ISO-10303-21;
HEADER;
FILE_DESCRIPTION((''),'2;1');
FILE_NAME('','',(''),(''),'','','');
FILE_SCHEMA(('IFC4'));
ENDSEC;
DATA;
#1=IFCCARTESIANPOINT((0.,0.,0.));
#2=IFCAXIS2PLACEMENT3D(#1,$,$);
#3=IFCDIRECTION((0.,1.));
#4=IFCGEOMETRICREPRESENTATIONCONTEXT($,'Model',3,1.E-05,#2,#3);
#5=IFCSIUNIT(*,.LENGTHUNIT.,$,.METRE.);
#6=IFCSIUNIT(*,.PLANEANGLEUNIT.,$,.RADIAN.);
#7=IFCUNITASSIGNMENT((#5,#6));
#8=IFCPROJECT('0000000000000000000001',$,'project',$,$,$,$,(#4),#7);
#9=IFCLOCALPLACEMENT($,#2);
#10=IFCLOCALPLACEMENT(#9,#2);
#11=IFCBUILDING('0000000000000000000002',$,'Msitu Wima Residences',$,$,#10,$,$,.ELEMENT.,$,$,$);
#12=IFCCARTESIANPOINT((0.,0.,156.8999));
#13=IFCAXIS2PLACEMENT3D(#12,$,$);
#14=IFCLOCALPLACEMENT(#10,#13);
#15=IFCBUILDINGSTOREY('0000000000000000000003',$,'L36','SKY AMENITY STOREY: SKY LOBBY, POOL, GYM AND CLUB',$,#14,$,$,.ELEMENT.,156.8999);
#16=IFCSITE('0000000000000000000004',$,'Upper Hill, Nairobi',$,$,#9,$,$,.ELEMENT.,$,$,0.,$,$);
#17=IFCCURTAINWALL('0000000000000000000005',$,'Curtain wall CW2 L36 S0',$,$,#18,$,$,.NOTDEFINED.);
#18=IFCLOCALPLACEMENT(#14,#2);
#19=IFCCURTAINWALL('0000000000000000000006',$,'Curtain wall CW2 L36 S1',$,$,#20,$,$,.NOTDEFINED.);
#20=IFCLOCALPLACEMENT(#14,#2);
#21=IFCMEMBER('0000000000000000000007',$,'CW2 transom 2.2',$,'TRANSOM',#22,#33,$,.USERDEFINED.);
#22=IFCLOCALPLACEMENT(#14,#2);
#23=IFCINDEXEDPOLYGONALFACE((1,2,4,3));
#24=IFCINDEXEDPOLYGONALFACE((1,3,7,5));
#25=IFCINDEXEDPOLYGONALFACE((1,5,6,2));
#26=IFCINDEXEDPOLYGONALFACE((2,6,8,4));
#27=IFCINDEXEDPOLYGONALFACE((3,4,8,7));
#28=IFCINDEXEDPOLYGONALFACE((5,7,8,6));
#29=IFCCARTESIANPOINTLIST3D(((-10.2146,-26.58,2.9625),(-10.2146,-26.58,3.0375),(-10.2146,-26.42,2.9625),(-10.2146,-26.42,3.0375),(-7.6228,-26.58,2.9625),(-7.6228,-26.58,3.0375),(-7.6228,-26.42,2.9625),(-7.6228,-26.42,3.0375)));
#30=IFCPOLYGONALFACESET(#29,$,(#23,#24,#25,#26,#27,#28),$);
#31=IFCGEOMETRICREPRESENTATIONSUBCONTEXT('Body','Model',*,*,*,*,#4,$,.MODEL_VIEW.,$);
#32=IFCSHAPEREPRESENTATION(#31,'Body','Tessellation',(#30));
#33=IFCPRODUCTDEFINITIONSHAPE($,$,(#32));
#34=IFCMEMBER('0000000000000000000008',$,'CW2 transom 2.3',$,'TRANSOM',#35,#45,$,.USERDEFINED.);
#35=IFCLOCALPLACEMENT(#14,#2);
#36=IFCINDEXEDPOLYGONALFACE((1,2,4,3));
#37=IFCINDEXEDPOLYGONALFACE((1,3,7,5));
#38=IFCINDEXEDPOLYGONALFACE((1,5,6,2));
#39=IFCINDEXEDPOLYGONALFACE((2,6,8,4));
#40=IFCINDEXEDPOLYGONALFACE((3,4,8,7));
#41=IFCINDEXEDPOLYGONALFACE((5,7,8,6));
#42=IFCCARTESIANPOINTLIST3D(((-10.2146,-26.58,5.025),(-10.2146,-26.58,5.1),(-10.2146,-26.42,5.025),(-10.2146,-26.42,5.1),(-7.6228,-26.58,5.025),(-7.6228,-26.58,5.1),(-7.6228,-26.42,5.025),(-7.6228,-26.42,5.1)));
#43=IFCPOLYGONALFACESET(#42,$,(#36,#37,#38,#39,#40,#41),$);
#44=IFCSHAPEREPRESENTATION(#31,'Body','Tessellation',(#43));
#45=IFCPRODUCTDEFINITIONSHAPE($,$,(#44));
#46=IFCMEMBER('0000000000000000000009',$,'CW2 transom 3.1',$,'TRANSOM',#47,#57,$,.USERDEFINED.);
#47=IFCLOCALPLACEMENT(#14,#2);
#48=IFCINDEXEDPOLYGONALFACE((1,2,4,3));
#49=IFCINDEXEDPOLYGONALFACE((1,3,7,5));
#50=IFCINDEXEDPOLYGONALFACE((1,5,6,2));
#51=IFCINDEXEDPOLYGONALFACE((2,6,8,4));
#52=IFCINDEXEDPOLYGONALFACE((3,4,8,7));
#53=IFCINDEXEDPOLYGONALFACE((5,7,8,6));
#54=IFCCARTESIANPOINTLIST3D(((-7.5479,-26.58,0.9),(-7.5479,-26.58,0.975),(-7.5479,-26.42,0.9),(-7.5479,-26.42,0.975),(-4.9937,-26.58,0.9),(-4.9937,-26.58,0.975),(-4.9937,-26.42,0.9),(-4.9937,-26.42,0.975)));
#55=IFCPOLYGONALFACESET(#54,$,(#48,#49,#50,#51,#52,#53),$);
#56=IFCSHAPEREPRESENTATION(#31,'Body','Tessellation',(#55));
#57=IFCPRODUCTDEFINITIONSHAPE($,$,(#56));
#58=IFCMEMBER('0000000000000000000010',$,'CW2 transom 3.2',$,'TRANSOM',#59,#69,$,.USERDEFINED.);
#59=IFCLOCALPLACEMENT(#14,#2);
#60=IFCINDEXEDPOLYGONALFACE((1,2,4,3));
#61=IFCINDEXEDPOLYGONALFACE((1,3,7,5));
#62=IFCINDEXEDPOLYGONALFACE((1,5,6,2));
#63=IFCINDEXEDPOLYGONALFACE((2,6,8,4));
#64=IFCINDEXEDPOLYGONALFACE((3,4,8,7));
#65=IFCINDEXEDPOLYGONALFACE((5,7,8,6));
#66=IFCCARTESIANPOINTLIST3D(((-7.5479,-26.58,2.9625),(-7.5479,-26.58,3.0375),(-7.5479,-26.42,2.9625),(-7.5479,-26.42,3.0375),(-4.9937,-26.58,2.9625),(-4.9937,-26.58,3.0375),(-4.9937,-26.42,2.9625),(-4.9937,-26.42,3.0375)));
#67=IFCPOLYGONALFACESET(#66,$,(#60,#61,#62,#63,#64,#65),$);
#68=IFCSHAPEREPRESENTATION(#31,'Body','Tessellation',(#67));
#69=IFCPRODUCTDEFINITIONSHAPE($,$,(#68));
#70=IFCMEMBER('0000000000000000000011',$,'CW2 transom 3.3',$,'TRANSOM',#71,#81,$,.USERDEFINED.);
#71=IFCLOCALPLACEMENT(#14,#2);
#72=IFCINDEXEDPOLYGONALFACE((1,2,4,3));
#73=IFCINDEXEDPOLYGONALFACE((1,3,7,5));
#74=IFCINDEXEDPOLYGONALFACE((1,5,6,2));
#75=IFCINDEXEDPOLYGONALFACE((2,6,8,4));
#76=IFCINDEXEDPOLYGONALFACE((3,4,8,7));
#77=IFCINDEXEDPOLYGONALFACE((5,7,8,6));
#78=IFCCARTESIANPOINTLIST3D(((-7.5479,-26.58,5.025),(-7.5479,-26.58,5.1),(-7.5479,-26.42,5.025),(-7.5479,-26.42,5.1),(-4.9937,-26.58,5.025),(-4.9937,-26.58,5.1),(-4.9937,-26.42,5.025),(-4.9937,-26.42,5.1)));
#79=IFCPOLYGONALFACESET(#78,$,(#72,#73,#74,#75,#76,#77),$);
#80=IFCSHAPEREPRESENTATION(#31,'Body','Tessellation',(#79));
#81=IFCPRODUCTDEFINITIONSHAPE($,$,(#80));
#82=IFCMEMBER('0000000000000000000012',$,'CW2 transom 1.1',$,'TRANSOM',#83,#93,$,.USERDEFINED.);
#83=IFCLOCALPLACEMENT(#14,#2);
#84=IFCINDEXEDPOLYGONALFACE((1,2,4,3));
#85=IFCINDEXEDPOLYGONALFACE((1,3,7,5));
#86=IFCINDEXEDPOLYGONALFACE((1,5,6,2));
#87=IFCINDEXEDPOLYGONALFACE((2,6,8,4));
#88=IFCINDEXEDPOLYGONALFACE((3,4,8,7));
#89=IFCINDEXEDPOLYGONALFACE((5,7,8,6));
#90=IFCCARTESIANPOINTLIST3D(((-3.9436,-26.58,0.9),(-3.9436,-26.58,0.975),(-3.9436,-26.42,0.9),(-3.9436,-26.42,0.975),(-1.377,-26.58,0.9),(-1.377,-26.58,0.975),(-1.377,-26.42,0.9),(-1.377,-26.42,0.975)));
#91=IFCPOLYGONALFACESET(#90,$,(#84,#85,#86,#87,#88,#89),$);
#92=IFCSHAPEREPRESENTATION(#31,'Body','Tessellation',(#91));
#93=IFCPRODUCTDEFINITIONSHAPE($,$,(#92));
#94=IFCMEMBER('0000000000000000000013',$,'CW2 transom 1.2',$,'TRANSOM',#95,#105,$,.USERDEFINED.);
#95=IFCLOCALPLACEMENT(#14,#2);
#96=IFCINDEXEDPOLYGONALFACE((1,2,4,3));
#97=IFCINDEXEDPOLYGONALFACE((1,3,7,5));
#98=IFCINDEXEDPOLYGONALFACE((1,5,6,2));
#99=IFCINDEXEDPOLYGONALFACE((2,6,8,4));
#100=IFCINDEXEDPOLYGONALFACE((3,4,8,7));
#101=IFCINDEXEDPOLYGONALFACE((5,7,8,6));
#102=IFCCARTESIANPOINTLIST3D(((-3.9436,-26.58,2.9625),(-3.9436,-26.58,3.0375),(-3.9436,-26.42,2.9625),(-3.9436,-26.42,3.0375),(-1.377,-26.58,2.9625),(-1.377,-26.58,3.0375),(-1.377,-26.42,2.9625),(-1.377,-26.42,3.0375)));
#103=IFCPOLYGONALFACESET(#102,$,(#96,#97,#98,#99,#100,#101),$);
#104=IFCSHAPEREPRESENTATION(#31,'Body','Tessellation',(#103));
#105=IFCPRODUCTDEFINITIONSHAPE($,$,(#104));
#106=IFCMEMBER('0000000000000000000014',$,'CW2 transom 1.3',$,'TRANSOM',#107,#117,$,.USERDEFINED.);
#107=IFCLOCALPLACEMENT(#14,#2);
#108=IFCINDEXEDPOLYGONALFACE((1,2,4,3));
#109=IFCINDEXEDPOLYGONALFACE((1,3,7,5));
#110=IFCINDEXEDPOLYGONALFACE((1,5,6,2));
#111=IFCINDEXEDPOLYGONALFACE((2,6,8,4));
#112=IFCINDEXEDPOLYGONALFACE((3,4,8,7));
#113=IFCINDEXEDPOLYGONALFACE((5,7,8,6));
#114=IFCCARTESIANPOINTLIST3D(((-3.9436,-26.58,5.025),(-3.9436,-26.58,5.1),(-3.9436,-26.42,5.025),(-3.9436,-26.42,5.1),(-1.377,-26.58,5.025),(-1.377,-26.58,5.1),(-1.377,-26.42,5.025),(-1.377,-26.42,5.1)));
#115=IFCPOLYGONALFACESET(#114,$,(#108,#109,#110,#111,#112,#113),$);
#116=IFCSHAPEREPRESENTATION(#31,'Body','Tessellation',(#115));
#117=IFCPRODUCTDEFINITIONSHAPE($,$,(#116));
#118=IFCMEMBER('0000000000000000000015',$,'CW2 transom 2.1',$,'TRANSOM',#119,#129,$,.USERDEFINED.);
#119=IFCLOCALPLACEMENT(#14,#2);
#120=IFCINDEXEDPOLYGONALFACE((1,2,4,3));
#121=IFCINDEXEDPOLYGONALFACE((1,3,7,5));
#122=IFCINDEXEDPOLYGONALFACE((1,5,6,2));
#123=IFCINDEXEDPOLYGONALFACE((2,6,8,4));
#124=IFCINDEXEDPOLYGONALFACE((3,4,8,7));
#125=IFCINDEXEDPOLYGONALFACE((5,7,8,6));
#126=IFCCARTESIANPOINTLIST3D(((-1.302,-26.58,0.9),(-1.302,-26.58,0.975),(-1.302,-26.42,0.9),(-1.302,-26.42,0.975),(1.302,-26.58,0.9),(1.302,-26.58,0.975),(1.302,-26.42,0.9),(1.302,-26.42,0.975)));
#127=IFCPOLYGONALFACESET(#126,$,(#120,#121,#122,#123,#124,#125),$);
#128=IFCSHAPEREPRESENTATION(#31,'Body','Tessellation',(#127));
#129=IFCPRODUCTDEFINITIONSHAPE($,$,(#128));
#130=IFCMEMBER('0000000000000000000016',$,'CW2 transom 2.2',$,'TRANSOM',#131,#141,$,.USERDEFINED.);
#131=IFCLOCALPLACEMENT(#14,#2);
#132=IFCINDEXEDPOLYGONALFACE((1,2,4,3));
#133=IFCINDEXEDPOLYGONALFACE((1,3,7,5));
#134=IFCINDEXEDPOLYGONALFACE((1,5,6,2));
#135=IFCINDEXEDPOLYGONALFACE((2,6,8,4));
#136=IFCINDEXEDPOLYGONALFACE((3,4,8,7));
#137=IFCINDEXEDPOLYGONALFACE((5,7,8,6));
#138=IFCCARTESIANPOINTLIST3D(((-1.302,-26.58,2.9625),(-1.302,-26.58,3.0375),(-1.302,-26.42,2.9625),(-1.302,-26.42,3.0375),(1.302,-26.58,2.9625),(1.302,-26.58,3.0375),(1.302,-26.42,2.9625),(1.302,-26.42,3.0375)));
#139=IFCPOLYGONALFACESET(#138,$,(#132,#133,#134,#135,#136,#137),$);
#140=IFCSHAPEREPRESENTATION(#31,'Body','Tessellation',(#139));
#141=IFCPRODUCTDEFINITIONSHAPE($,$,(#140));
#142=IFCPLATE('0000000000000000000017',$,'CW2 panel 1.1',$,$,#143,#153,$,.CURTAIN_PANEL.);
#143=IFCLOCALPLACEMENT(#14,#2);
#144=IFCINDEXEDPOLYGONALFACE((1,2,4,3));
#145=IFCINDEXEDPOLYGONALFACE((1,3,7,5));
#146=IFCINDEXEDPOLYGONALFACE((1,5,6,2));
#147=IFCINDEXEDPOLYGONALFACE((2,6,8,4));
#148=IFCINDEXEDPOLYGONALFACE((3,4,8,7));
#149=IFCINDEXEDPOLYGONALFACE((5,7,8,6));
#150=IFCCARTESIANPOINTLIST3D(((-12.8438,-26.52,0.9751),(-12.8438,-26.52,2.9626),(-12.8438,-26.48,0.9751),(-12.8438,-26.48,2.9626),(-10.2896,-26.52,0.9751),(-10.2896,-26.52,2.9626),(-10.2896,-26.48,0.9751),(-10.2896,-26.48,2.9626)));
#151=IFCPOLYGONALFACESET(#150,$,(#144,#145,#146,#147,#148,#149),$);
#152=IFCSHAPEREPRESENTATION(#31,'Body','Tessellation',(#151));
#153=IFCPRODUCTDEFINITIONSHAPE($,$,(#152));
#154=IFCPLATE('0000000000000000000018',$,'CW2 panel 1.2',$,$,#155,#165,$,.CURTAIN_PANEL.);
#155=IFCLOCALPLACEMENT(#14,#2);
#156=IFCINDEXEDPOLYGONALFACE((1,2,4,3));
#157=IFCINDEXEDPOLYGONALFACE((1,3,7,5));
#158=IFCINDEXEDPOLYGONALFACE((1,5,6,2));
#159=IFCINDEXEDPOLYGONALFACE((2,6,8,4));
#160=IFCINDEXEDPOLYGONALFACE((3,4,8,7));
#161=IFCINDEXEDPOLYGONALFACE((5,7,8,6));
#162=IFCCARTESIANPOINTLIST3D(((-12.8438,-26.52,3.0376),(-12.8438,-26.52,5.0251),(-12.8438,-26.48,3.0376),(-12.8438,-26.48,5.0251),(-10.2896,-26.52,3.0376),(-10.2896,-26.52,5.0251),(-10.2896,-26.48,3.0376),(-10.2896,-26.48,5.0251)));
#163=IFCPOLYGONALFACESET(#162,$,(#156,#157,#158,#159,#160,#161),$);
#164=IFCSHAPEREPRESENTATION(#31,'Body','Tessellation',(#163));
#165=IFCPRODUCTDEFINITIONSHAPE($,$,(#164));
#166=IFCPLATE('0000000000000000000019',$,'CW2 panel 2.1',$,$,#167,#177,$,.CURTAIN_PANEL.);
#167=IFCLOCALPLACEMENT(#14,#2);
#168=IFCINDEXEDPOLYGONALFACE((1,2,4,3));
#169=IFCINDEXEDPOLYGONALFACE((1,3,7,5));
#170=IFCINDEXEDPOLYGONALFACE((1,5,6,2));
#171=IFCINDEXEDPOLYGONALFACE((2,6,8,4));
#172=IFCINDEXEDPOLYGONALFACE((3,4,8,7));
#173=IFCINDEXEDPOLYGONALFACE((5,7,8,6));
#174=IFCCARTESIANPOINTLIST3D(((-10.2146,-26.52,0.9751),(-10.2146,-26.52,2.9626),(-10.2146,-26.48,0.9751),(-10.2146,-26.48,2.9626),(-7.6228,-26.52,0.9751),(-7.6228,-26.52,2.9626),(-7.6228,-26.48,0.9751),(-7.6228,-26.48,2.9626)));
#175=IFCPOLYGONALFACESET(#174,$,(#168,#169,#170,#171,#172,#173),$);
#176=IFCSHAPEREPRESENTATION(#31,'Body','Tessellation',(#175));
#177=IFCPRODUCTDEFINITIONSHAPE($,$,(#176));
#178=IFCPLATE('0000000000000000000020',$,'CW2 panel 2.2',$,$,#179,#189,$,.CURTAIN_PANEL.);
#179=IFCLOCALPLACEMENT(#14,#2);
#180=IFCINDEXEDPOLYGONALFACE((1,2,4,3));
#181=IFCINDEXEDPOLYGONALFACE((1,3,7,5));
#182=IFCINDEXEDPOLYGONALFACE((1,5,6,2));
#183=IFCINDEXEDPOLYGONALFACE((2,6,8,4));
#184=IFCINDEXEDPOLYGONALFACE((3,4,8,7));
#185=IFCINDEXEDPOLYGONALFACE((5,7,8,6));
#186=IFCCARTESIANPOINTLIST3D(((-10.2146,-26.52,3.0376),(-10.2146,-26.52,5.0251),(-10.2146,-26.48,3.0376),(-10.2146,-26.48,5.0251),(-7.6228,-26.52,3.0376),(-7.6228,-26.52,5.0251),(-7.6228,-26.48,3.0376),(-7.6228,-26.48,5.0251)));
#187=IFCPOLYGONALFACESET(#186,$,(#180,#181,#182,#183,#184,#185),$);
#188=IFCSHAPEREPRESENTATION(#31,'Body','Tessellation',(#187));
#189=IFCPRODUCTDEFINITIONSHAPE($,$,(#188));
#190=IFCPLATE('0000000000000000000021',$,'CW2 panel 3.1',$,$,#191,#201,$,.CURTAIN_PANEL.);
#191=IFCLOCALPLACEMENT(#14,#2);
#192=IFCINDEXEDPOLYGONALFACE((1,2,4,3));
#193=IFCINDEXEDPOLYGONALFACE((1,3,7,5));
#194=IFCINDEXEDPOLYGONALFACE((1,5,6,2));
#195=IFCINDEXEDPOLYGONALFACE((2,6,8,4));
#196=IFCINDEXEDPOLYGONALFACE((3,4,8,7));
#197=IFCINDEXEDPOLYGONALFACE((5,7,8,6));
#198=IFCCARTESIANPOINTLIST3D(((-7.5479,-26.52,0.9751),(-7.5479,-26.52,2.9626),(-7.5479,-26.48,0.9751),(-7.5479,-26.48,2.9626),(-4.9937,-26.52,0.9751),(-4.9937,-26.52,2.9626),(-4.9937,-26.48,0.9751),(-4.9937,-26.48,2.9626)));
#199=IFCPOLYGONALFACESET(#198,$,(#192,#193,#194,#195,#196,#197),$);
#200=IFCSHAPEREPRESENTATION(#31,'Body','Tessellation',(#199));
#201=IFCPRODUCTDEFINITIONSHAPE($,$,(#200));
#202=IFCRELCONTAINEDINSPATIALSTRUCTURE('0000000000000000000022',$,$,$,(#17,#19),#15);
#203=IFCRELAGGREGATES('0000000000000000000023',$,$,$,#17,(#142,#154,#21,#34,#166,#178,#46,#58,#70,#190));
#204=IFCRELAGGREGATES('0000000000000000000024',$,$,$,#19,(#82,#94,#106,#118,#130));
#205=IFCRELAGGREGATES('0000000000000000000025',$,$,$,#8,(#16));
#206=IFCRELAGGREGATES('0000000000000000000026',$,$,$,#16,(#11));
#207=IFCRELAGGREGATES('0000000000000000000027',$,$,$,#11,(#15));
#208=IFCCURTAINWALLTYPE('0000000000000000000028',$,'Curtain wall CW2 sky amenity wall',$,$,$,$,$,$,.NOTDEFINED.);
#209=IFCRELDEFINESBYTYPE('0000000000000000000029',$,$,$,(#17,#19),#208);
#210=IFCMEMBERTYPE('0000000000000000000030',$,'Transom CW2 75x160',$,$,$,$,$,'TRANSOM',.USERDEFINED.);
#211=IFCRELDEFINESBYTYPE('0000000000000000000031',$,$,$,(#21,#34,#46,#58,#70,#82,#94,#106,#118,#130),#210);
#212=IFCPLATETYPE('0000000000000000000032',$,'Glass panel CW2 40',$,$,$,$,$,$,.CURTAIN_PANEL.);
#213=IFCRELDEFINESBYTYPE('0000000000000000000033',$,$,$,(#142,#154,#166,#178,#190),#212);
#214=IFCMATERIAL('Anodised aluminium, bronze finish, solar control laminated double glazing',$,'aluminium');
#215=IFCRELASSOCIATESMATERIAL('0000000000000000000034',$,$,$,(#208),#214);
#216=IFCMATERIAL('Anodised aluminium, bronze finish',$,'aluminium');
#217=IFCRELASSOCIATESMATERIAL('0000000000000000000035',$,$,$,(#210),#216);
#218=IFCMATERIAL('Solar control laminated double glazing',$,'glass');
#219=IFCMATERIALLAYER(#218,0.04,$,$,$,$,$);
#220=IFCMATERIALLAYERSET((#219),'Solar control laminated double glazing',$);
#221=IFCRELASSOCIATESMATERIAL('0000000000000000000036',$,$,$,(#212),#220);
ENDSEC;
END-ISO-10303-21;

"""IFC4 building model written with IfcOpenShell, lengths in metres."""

from ifc_helpers import new_model, si_unit, direction, frame, origin, origin_2d, place, context, subcontext, project, spatial, rectangle, extrude, material, layer, layer_set, material_profile, profile_set, type_object, element, aggregate, save


model = new_model("IFC4")

# Units and contexts
model_context = context("Model", 3, precision=1e-05, world=origin(), true_north=direction((0.0, 1.0)))
body_context = subcontext(model_context, "Body", "Model", "MODEL_VIEW")
ifc_project = project(units=[si_unit("LENGTHUNIT", "METRE"), si_unit("PLANEANGLEUNIT", "RADIAN")], contexts=[model_context])

# Site, building, storey
site_placement = place(None, origin())
site = spatial("IfcSite", under=ifc_project, at=site_placement, Name="Upper Hill, Nairobi", CompositionType="ELEMENT", RefElevation=0.0)
building_placement = place(site_placement, origin())
building = spatial("IfcBuilding", under=site, at=building_placement, Name="Msitu Wima Residences", CompositionType="ELEMENT")
storey_placement = place(building_placement, frame((0.0, 0.0, 156.8999)))
storey = spatial("IfcBuildingStorey", under=building, at=storey_placement, Name="L36", Description="SKY AMENITY STOREY: SKY LOBBY, POOL, GYM AND CLUB", CompositionType="ELEMENT", Elevation=156.8999)

# Curtain walls
ifc_material_1 = material(Name="Anodised aluminium, bronze finish, solar control laminated double glazing", Category="aluminium")
curtain_wall_type = type_object("IfcCurtainWallType", Name="Curtain wall CW2 sky amenity wall", PredefinedType="NOTDEFINED", material=ifc_material_1)
curtain_wall_1_placement = place(storey_placement, origin())
curtain_wall_1 = element("IfcCurtainWall", 1, at=curtain_wall_1_placement, inside=storey, type_object=curtain_wall_type, Name="Curtain wall CW2 L36 S0", PredefinedType="NOTDEFINED")
ifc_material_2 = material(Name="Anodised aluminium, bronze finish", Category="aluminium")
curtain_wall_2_placement = place(storey_placement, origin())
curtain_wall_2 = element("IfcCurtainWall", 2, at=curtain_wall_2_placement, inside=storey, type_object=curtain_wall_type, Name="Curtain wall CW2 L36 S1", PredefinedType="NOTDEFINED")

# Members
ifc_material_profile_1 = material_profile(ifc_material_2, rectangle(XDim=0.1599, YDim=0.075, at=origin_2d()), Name="Transom 75x160")
ifc_profile_set_1 = profile_set([ifc_material_profile_1], Name="Anodised aluminium, bronze finish")
member_type_1 = type_object("IfcMemberType", Name="Transom CW2 75x160", ElementType="TRANSOM", PredefinedType="USERDEFINED", material=ifc_profile_set_1)
member_1_placement = place(storey_placement, frame((-10.2146, -26.5, 3.0), z_axis=(1.0, 0.0, 0.0), x_axis=(0.0, 1.0, 0.0)))
member_1 = element("IfcMember", 3, at=member_1_placement, type_object=member_type_1, Name="CW2 transom 2.2", ObjectType="TRANSOM", PredefinedType="USERDEFINED", context=body_context, shape_type="SweptSolid", body=[
    extrude(rectangle(XDim=0.1599, YDim=0.075, at=origin_2d()), origin(), (0.0, 0.0, 1.0), 2.5918),
])
member_2_placement = place(storey_placement, frame((-10.2146, -26.5, 5.0625), z_axis=(1.0, 0.0, 0.0), x_axis=(0.0, 1.0, 0.0)))
member_2 = element("IfcMember", 4, at=member_2_placement, type_object=member_type_1, Name="CW2 transom 2.3", ObjectType="TRANSOM", PredefinedType="USERDEFINED", context=body_context, shape_type="SweptSolid", body=[
    extrude(rectangle(XDim=0.1599, YDim=0.075, at=origin_2d()), origin(), (0.0, 0.0, 1.0), 2.5918),
])
member_3_placement = place(storey_placement, frame((-7.5479, -26.5, 0.9375), z_axis=(1.0, 0.0, 0.0), x_axis=(0.0, 1.0, 0.0)))
member_3 = element("IfcMember", 5, at=member_3_placement, type_object=member_type_1, Name="CW2 transom 3.1", ObjectType="TRANSOM", PredefinedType="USERDEFINED", context=body_context, shape_type="SweptSolid", body=[
    extrude(rectangle(XDim=0.1599, YDim=0.075, at=origin_2d()), origin(), (0.0, 0.0, 1.0), 2.5542),
])
member_4_placement = place(storey_placement, frame((-7.5479, -26.5, 3.0), z_axis=(1.0, 0.0, 0.0), x_axis=(0.0, 1.0, 0.0)))
member_4 = element("IfcMember", 6, at=member_4_placement, type_object=member_type_1, Name="CW2 transom 3.2", ObjectType="TRANSOM", PredefinedType="USERDEFINED", context=body_context, shape_type="SweptSolid", body=[
    extrude(rectangle(XDim=0.1599, YDim=0.075, at=origin_2d()), origin(), (0.0, 0.0, 1.0), 2.5542),
])
member_5_placement = place(storey_placement, frame((-7.5479, -26.5, 5.0625), z_axis=(1.0, 0.0, 0.0), x_axis=(0.0, 1.0, 0.0)))
member_5 = element("IfcMember", 7, at=member_5_placement, type_object=member_type_1, Name="CW2 transom 3.3", ObjectType="TRANSOM", PredefinedType="USERDEFINED", context=body_context, shape_type="SweptSolid", body=[
    extrude(rectangle(XDim=0.1599, YDim=0.075, at=origin_2d()), origin(), (0.0, 0.0, 1.0), 2.5542),
])
member_6_placement = place(storey_placement, frame((-3.9436, -26.5, 0.9375), z_axis=(1.0, 0.0, 0.0), x_axis=(0.0, 1.0, 0.0)))
member_6 = element("IfcMember", 8, at=member_6_placement, type_object=member_type_1, Name="CW2 transom 1.1", ObjectType="TRANSOM", PredefinedType="USERDEFINED", context=body_context, shape_type="SweptSolid", body=[
    extrude(rectangle(XDim=0.1599, YDim=0.075, at=origin_2d()), origin(), (0.0, 0.0, 1.0), 2.5667),
])
member_7_placement = place(storey_placement, frame((-3.9436, -26.5, 3.0), z_axis=(1.0, 0.0, 0.0), x_axis=(0.0, 1.0, 0.0)))
member_7 = element("IfcMember", 9, at=member_7_placement, type_object=member_type_1, Name="CW2 transom 1.2", ObjectType="TRANSOM", PredefinedType="USERDEFINED", context=body_context, shape_type="SweptSolid", body=[
    extrude(rectangle(XDim=0.1599, YDim=0.075, at=origin_2d()), origin(), (0.0, 0.0, 1.0), 2.5667),
])
member_8_placement = place(storey_placement, frame((-3.9436, -26.5, 5.0625), z_axis=(1.0, 0.0, 0.0), x_axis=(0.0, 1.0, 0.0)))
member_8 = element("IfcMember", 10, at=member_8_placement, type_object=member_type_1, Name="CW2 transom 1.3", ObjectType="TRANSOM", PredefinedType="USERDEFINED", context=body_context, shape_type="SweptSolid", body=[
    extrude(rectangle(XDim=0.1599, YDim=0.075, at=origin_2d()), origin(), (0.0, 0.0, 1.0), 2.5667),
])
member_9_placement = place(storey_placement, frame((-1.302, -26.5, 0.9375), z_axis=(1.0, 0.0, 0.0), x_axis=(0.0, 1.0, 0.0)))
member_9 = element("IfcMember", 11, at=member_9_placement, type_object=member_type_1, Name="CW2 transom 2.1", ObjectType="TRANSOM", PredefinedType="USERDEFINED", context=body_context, shape_type="SweptSolid", body=[
    extrude(rectangle(XDim=0.1599, YDim=0.075, at=origin_2d()), origin(), (0.0, 0.0, 1.0), 2.604),
])
member_10_placement = place(storey_placement, frame((-1.302, -26.5, 3.0), z_axis=(1.0, 0.0, 0.0), x_axis=(0.0, 1.0, 0.0)))
member_10 = element("IfcMember", 12, at=member_10_placement, type_object=member_type_1, Name="CW2 transom 2.2", ObjectType="TRANSOM", PredefinedType="USERDEFINED", context=body_context, shape_type="SweptSolid", body=[
    extrude(rectangle(XDim=0.1599, YDim=0.075, at=origin_2d()), origin(), (0.0, 0.0, 1.0), 2.604),
])

# Plates
ifc_material_3 = material(Name="Solar control laminated double glazing", Category="glass")
ifc_layer_1 = layer(ifc_material_3, 0.04)
ifc_layer_set_1 = layer_set([ifc_layer_1], Name="Solar control laminated double glazing")
plate_type = type_object("IfcPlateType", Name="Glass panel CW2 40", PredefinedType="CURTAIN_PANEL", material=ifc_layer_set_1)
plate_1_placement = place(storey_placement, frame((-11.5667, -26.5, 0.9751), z_axis=(0.0, 0.0, 1.0), x_axis=(1.0, 0.0, 0.0)))
plate_1 = element("IfcPlate", 13, at=plate_1_placement, type_object=plate_type, Name="CW2 panel 1.1", PredefinedType="CURTAIN_PANEL", context=body_context, shape_type="SweptSolid", body=[
    extrude(rectangle(XDim=2.5542, YDim=0.04, at=origin_2d()), origin(), (0.0, 0.0, 1.0), 1.9875),
])
plate_2_placement = place(storey_placement, frame((-11.5667, -26.5, 3.0376), z_axis=(0.0, 0.0, 1.0), x_axis=(1.0, 0.0, 0.0)))
plate_2 = element("IfcPlate", 14, at=plate_2_placement, type_object=plate_type, Name="CW2 panel 1.2", PredefinedType="CURTAIN_PANEL", context=body_context, shape_type="SweptSolid", body=[
    extrude(rectangle(XDim=2.5542, YDim=0.04, at=origin_2d()), origin(), (0.0, 0.0, 1.0), 1.9875),
])
plate_3_placement = place(storey_placement, frame((-8.9187, -26.5, 0.9751), z_axis=(0.0, 0.0, 1.0), x_axis=(1.0, 0.0, 0.0)))
plate_3 = element("IfcPlate", 15, at=plate_3_placement, type_object=plate_type, Name="CW2 panel 2.1", PredefinedType="CURTAIN_PANEL", context=body_context, shape_type="SweptSolid", body=[
    extrude(rectangle(XDim=2.5918, YDim=0.04, at=origin_2d()), origin(), (0.0, 0.0, 1.0), 1.9875),
])
plate_4_placement = place(storey_placement, frame((-8.9187, -26.5, 3.0376), z_axis=(0.0, 0.0, 1.0), x_axis=(1.0, 0.0, 0.0)))
plate_4 = element("IfcPlate", 16, at=plate_4_placement, type_object=plate_type, Name="CW2 panel 2.2", PredefinedType="CURTAIN_PANEL", context=body_context, shape_type="SweptSolid", body=[
    extrude(rectangle(XDim=2.5918, YDim=0.04, at=origin_2d()), origin(), (0.0, 0.0, 1.0), 1.9875),
])
plate_5_placement = place(storey_placement, frame((-6.2708, -26.5, 0.9751), z_axis=(0.0, 0.0, 1.0), x_axis=(1.0, 0.0, 0.0)))
plate_5 = element("IfcPlate", 17, at=plate_5_placement, type_object=plate_type, Name="CW2 panel 3.1", PredefinedType="CURTAIN_PANEL", context=body_context, shape_type="SweptSolid", body=[
    extrude(rectangle(XDim=2.5542, YDim=0.04, at=origin_2d()), origin(), (0.0, 0.0, 1.0), 1.9875),
])
aggregate(curtain_wall_1, [plate_1, plate_2, member_1, member_2, plate_3, plate_4, member_3, member_4, member_5, plate_5])
aggregate(curtain_wall_2, [member_6, member_7, member_8, member_9, member_10])

save(model, "model.ifc")
